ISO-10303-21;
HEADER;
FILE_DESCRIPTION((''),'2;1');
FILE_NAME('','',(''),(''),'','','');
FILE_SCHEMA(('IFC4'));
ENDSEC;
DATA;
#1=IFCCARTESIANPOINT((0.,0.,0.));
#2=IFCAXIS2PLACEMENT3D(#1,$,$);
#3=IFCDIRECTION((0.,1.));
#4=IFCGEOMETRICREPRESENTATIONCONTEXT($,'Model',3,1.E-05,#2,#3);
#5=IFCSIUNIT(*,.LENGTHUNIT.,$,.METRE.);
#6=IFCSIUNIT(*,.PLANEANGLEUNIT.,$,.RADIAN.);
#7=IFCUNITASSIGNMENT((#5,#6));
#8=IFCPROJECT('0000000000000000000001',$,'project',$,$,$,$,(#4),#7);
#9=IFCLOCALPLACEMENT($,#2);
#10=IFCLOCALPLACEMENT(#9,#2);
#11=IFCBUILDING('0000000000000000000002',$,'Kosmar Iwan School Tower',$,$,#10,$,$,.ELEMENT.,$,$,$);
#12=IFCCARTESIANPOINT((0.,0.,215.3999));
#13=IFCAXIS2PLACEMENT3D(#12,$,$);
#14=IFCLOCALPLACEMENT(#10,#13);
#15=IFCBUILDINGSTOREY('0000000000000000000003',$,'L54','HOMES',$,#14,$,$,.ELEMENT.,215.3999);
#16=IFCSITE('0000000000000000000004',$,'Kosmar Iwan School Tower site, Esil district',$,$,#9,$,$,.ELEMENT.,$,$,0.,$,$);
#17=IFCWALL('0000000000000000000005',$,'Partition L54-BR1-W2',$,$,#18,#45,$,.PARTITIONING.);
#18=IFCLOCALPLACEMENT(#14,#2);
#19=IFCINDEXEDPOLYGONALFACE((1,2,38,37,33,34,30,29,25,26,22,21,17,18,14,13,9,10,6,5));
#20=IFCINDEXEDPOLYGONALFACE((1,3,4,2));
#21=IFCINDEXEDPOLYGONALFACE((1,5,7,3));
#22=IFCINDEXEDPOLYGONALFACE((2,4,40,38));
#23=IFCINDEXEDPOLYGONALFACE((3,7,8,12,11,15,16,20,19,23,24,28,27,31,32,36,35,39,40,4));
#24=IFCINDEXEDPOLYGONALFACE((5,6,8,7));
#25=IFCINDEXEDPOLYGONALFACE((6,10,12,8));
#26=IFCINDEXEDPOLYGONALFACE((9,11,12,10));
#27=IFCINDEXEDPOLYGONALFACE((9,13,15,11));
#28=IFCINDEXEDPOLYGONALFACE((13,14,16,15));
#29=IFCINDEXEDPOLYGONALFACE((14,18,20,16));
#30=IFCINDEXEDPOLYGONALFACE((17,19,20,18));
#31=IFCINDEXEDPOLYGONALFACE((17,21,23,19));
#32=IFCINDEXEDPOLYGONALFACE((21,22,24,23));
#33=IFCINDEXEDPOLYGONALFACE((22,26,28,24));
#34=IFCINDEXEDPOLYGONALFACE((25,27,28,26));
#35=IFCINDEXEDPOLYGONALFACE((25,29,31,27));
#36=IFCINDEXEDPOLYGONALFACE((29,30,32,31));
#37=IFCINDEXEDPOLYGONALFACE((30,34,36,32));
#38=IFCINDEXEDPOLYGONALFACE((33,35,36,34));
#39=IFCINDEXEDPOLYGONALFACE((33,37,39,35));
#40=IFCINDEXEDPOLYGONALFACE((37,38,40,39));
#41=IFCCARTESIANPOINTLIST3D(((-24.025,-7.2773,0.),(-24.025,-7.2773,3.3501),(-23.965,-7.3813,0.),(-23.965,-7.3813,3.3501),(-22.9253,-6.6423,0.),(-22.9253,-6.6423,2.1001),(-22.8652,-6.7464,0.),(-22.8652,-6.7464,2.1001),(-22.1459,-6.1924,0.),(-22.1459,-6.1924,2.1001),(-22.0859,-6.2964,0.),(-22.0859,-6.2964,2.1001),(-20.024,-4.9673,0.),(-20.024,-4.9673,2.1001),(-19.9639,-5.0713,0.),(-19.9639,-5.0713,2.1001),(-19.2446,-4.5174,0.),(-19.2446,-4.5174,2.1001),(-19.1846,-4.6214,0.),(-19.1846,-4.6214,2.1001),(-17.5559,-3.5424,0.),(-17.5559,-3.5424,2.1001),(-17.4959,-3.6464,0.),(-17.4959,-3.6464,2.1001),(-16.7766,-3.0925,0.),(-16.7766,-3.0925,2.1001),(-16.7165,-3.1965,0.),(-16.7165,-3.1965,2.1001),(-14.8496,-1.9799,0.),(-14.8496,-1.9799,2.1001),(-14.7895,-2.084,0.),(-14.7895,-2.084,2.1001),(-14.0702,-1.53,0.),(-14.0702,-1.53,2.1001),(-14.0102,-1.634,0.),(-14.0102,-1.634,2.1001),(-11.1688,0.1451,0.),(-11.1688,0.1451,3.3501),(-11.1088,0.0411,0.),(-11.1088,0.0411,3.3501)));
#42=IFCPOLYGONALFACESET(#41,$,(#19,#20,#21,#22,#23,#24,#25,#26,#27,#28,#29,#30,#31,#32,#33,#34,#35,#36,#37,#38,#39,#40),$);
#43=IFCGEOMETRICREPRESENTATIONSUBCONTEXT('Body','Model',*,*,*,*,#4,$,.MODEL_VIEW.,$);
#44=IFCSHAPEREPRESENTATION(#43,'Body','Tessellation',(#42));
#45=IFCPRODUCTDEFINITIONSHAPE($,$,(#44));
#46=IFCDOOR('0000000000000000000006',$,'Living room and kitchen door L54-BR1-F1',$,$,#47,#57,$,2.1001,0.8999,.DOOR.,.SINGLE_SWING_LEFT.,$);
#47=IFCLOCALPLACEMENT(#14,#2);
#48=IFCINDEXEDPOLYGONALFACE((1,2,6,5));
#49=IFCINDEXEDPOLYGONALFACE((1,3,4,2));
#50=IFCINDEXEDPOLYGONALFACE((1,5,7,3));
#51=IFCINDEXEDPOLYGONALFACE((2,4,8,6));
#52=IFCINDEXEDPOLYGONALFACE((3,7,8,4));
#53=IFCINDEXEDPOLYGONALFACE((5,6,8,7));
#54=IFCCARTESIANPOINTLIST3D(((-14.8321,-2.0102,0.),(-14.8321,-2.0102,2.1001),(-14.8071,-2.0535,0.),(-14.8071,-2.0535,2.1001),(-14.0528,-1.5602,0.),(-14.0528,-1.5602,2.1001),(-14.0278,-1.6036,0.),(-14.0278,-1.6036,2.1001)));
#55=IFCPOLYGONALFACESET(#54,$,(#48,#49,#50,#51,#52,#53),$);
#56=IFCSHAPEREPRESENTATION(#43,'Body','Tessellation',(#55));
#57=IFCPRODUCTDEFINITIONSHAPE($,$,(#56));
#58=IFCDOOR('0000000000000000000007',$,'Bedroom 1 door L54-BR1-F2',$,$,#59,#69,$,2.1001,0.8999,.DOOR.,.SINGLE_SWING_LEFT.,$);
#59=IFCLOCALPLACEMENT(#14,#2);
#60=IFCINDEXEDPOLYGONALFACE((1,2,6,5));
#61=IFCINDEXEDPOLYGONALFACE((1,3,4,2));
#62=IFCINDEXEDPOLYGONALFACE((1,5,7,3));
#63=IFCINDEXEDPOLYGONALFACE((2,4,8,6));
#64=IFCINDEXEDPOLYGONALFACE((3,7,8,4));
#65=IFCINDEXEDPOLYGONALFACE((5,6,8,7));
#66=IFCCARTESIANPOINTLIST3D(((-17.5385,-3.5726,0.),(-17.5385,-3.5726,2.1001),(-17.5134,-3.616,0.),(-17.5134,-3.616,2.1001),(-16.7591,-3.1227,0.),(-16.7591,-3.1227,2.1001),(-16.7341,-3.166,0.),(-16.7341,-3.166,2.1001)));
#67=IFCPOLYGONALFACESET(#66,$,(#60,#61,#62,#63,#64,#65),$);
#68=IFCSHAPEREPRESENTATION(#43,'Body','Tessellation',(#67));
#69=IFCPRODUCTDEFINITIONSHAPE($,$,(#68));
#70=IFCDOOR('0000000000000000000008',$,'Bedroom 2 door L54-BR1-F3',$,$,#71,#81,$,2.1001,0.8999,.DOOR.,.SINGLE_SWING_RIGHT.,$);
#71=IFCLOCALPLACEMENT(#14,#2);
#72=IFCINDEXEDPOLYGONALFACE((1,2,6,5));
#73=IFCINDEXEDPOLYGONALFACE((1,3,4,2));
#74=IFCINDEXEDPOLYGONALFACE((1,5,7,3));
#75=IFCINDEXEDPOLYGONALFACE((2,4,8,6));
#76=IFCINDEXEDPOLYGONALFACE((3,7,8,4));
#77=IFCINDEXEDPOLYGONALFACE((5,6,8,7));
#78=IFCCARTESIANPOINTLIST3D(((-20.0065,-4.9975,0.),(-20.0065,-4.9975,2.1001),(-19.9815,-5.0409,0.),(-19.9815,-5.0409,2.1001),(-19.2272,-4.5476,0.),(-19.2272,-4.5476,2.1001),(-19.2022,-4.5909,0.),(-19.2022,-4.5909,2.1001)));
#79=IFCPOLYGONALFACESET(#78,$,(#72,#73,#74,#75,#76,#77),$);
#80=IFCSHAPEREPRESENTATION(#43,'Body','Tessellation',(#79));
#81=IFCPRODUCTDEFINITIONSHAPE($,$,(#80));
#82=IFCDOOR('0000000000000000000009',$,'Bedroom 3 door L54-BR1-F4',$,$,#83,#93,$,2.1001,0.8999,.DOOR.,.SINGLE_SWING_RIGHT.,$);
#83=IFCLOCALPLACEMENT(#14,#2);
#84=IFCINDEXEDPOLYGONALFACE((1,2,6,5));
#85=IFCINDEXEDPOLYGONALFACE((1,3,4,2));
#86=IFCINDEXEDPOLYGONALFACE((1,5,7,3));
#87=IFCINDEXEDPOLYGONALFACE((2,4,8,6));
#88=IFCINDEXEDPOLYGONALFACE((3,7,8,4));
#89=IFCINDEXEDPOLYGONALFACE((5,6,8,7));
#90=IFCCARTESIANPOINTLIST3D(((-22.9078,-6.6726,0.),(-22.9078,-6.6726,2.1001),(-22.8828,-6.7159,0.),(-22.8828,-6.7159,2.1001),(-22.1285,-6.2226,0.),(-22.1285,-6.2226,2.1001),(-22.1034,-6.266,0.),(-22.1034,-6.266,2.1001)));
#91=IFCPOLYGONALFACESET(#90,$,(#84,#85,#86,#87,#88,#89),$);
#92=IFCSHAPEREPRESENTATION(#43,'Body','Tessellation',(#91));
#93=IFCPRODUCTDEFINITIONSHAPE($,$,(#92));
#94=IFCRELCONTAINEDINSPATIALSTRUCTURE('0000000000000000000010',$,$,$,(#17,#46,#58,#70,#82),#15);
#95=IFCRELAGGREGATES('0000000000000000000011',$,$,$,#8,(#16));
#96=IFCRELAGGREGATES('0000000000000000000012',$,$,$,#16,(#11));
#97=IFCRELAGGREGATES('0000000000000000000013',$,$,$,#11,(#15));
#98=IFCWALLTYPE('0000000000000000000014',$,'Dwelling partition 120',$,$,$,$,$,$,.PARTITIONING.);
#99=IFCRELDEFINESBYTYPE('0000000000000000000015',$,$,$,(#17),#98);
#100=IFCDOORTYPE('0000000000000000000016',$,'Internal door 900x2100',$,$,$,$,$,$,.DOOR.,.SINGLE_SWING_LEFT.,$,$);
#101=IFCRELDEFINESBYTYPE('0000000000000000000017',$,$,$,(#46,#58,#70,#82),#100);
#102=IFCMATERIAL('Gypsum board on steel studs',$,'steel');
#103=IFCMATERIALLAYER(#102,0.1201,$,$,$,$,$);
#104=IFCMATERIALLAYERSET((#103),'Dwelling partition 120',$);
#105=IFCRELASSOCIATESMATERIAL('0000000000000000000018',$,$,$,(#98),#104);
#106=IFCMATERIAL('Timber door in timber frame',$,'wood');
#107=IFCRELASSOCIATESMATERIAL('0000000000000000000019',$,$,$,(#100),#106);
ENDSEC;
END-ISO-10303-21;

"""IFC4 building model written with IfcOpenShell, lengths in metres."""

from ifc_helpers import new_model, si_unit, direction, frame, frame_2d, origin, place, context, subcontext, project, spatial, rectangle, extrude, material, layer, layer_set, type_object, element, fill, save


model = new_model("IFC4")

# Units and contexts
model_context = context("Model", 3, precision=1e-05, world=origin(), true_north=direction((0.0, 1.0)))
body_context = subcontext(model_context, "Body", "Model", "MODEL_VIEW")
ifc_project = project(units=[si_unit("LENGTHUNIT", "METRE"), si_unit("PLANEANGLEUNIT", "RADIAN")], contexts=[model_context])

# Site, building, storey
site_placement = place(None, origin())
site = spatial("IfcSite", under=ifc_project, at=site_placement, Name="Kosmar Iwan School Tower site, Esil district", CompositionType="ELEMENT", RefElevation=0.0)
building_placement = place(site_placement, origin())
building = spatial("IfcBuilding", under=site, at=building_placement, Name="Kosmar Iwan School Tower", CompositionType="ELEMENT")
storey_placement = place(building_placement, frame((0.0, 0.0, 215.3999)))
storey = spatial("IfcBuildingStorey", under=building, at=storey_placement, Name="L54", Description="HOMES", CompositionType="ELEMENT", Elevation=215.3999)

# Wall, openings, doors
ifc_material_1 = material(Name="Gypsum board on steel studs", Category="steel")
ifc_layer_1 = layer(ifc_material_1, 0.1201)
ifc_layer_set_1 = layer_set([ifc_layer_1], Name="Dwelling partition 120")
wall_type_1 = type_object("IfcWallType", Name="Dwelling partition 120", PredefinedType="PARTITIONING", material=ifc_layer_set_1)
wall_1_placement = place(storey_placement, frame((-11.1389, 0.093, 0.0), z_axis=(0.0, 0.0, 1.0), x_axis=(-0.86603, -0.499992, 0.0)))
wall_1 = element("IfcWall", 1, at=wall_1_placement, inside=storey, type_object=wall_type_1, Name="Partition L54-BR1-W2", PredefinedType="PARTITIONING", context=body_context, shape_type="SweptSolid", body=[
    extrude(rectangle(XDim=14.845, YDim=0.1201, at=frame_2d((7.4224, 0.0))), origin(), (0.0, 0.0, 1.0), 3.3501),
])
opening_1_placement = place(wall_1_placement, frame((3.3501, 0.0, 0.0)))
opening_1 = element("IfcOpeningElement", 2, at=opening_1_placement, cuts=wall_1, PredefinedType="OPENING", context=body_context, shape_type="SweptSolid", body=[
    extrude(rectangle(XDim=0.8999, YDim=2.1001, at=frame_2d((0.45, 1.05))), frame((0.0, 0.072, 0.0), z_axis=(0.0, -1.0, 0.0), x_axis=(1.0, 0.0, 0.0)), (0.0, 0.0, 1.0), 0.144),
])
opening_2_placement = place(wall_1_placement, frame((6.4751, 0.0, 0.0)))
opening_2 = element("IfcOpeningElement", 3, at=opening_2_placement, cuts=wall_1, PredefinedType="OPENING", context=body_context, shape_type="SweptSolid", body=[
    extrude(rectangle(XDim=0.8999, YDim=2.1001, at=frame_2d((0.45, 1.05))), frame((0.0, 0.072, 0.0), z_axis=(0.0, -1.0, 0.0), x_axis=(1.0, 0.0, 0.0)), (0.0, 0.0, 1.0), 0.144),
])
opening_3_placement = place(wall_1_placement, frame((9.325, 0.0, 0.0)))
opening_3 = element("IfcOpeningElement", 4, at=opening_3_placement, cuts=wall_1, PredefinedType="OPENING", context=body_context, shape_type="SweptSolid", body=[
    extrude(rectangle(XDim=0.8999, YDim=2.1001, at=frame_2d((0.45, 1.05))), frame((0.0, 0.072, 0.0), z_axis=(0.0, -1.0, 0.0), x_axis=(1.0, 0.0, 0.0)), (0.0, 0.0, 1.0), 0.144),
])
opening_4_placement = place(wall_1_placement, frame((12.675, 0.0, 0.0)))
opening_4 = element("IfcOpeningElement", 5, at=opening_4_placement, cuts=wall_1, PredefinedType="OPENING", context=body_context, shape_type="SweptSolid", body=[
    extrude(rectangle(XDim=0.8999, YDim=2.1001, at=frame_2d((0.45, 1.05))), frame((0.0, 0.072, 0.0), z_axis=(0.0, -1.0, 0.0), x_axis=(1.0, 0.0, 0.0)), (0.0, 0.0, 1.0), 0.144),
])
ifc_material_2 = material(Name="Timber door in timber frame", Category="wood")
door_type = type_object("IfcDoorType", Name="Internal door 900x2100", OperationType="SINGLE_SWING_LEFT", PredefinedType="DOOR", material=ifc_material_2)
door_1_placement = place(opening_1_placement, origin())
door_1 = element("IfcDoor", 6, at=door_1_placement, inside=storey, type_object=door_type, Name="Living room and kitchen door L54-BR1-F1", OperationType="SINGLE_SWING_LEFT", OverallHeight=2.1001, OverallWidth=0.8999, PredefinedType="DOOR", context=body_context, shape_type="SweptSolid", body=[
    extrude(rectangle(XDim=0.8999, YDim=2.1001, at=frame_2d((0.45, 1.05))), frame((0.0, 0.0249, 0.0), z_axis=(0.0, -1.0, 0.0), x_axis=(1.0, 0.0, 0.0)), (0.0, 0.0, 1.0), 0.05),
])
fill(opening_1, door_1)
door_2_placement = place(opening_2_placement, origin())
door_2 = element("IfcDoor", 7, at=door_2_placement, inside=storey, type_object=door_type, Name="Bedroom 1 door L54-BR1-F2", OperationType="SINGLE_SWING_LEFT", OverallHeight=2.1001, OverallWidth=0.8999, PredefinedType="DOOR", context=body_context, shape_type="SweptSolid", body=[
    extrude(rectangle(XDim=0.8999, YDim=2.1001, at=frame_2d((0.45, 1.05))), frame((0.0, 0.0249, 0.0), z_axis=(0.0, -1.0, 0.0), x_axis=(1.0, 0.0, 0.0)), (0.0, 0.0, 1.0), 0.05),
])
fill(opening_2, door_2)
door_3_placement = place(opening_3_placement, origin())
door_3 = element("IfcDoor", 8, at=door_3_placement, inside=storey, type_object=door_type, Name="Bedroom 2 door L54-BR1-F3", OperationType="SINGLE_SWING_RIGHT", OverallHeight=2.1001, OverallWidth=0.8999, PredefinedType="DOOR", context=body_context, shape_type="SweptSolid", body=[
    extrude(rectangle(XDim=0.8999, YDim=2.1001, at=frame_2d((0.45, 1.05))), frame((0.0, 0.0249, 0.0), z_axis=(0.0, -1.0, 0.0), x_axis=(1.0, 0.0, 0.0)), (0.0, 0.0, 1.0), 0.05),
])
fill(opening_3, door_3)
door_4_placement = place(opening_4_placement, origin())
door_4 = element("IfcDoor", 9, at=door_4_placement, inside=storey, type_object=door_type, Name="Bedroom 3 door L54-BR1-F4", OperationType="SINGLE_SWING_RIGHT", OverallHeight=2.1001, OverallWidth=0.8999, PredefinedType="DOOR", context=body_context, shape_type="SweptSolid", body=[
    extrude(rectangle(XDim=0.8999, YDim=2.1001, at=frame_2d((0.45, 1.05))), frame((0.0, 0.0249, 0.0), z_axis=(0.0, -1.0, 0.0), x_axis=(1.0, 0.0, 0.0)), (0.0, 0.0, 1.0), 0.05),
])
fill(opening_4, door_4)

save(model, "model.ifc")
